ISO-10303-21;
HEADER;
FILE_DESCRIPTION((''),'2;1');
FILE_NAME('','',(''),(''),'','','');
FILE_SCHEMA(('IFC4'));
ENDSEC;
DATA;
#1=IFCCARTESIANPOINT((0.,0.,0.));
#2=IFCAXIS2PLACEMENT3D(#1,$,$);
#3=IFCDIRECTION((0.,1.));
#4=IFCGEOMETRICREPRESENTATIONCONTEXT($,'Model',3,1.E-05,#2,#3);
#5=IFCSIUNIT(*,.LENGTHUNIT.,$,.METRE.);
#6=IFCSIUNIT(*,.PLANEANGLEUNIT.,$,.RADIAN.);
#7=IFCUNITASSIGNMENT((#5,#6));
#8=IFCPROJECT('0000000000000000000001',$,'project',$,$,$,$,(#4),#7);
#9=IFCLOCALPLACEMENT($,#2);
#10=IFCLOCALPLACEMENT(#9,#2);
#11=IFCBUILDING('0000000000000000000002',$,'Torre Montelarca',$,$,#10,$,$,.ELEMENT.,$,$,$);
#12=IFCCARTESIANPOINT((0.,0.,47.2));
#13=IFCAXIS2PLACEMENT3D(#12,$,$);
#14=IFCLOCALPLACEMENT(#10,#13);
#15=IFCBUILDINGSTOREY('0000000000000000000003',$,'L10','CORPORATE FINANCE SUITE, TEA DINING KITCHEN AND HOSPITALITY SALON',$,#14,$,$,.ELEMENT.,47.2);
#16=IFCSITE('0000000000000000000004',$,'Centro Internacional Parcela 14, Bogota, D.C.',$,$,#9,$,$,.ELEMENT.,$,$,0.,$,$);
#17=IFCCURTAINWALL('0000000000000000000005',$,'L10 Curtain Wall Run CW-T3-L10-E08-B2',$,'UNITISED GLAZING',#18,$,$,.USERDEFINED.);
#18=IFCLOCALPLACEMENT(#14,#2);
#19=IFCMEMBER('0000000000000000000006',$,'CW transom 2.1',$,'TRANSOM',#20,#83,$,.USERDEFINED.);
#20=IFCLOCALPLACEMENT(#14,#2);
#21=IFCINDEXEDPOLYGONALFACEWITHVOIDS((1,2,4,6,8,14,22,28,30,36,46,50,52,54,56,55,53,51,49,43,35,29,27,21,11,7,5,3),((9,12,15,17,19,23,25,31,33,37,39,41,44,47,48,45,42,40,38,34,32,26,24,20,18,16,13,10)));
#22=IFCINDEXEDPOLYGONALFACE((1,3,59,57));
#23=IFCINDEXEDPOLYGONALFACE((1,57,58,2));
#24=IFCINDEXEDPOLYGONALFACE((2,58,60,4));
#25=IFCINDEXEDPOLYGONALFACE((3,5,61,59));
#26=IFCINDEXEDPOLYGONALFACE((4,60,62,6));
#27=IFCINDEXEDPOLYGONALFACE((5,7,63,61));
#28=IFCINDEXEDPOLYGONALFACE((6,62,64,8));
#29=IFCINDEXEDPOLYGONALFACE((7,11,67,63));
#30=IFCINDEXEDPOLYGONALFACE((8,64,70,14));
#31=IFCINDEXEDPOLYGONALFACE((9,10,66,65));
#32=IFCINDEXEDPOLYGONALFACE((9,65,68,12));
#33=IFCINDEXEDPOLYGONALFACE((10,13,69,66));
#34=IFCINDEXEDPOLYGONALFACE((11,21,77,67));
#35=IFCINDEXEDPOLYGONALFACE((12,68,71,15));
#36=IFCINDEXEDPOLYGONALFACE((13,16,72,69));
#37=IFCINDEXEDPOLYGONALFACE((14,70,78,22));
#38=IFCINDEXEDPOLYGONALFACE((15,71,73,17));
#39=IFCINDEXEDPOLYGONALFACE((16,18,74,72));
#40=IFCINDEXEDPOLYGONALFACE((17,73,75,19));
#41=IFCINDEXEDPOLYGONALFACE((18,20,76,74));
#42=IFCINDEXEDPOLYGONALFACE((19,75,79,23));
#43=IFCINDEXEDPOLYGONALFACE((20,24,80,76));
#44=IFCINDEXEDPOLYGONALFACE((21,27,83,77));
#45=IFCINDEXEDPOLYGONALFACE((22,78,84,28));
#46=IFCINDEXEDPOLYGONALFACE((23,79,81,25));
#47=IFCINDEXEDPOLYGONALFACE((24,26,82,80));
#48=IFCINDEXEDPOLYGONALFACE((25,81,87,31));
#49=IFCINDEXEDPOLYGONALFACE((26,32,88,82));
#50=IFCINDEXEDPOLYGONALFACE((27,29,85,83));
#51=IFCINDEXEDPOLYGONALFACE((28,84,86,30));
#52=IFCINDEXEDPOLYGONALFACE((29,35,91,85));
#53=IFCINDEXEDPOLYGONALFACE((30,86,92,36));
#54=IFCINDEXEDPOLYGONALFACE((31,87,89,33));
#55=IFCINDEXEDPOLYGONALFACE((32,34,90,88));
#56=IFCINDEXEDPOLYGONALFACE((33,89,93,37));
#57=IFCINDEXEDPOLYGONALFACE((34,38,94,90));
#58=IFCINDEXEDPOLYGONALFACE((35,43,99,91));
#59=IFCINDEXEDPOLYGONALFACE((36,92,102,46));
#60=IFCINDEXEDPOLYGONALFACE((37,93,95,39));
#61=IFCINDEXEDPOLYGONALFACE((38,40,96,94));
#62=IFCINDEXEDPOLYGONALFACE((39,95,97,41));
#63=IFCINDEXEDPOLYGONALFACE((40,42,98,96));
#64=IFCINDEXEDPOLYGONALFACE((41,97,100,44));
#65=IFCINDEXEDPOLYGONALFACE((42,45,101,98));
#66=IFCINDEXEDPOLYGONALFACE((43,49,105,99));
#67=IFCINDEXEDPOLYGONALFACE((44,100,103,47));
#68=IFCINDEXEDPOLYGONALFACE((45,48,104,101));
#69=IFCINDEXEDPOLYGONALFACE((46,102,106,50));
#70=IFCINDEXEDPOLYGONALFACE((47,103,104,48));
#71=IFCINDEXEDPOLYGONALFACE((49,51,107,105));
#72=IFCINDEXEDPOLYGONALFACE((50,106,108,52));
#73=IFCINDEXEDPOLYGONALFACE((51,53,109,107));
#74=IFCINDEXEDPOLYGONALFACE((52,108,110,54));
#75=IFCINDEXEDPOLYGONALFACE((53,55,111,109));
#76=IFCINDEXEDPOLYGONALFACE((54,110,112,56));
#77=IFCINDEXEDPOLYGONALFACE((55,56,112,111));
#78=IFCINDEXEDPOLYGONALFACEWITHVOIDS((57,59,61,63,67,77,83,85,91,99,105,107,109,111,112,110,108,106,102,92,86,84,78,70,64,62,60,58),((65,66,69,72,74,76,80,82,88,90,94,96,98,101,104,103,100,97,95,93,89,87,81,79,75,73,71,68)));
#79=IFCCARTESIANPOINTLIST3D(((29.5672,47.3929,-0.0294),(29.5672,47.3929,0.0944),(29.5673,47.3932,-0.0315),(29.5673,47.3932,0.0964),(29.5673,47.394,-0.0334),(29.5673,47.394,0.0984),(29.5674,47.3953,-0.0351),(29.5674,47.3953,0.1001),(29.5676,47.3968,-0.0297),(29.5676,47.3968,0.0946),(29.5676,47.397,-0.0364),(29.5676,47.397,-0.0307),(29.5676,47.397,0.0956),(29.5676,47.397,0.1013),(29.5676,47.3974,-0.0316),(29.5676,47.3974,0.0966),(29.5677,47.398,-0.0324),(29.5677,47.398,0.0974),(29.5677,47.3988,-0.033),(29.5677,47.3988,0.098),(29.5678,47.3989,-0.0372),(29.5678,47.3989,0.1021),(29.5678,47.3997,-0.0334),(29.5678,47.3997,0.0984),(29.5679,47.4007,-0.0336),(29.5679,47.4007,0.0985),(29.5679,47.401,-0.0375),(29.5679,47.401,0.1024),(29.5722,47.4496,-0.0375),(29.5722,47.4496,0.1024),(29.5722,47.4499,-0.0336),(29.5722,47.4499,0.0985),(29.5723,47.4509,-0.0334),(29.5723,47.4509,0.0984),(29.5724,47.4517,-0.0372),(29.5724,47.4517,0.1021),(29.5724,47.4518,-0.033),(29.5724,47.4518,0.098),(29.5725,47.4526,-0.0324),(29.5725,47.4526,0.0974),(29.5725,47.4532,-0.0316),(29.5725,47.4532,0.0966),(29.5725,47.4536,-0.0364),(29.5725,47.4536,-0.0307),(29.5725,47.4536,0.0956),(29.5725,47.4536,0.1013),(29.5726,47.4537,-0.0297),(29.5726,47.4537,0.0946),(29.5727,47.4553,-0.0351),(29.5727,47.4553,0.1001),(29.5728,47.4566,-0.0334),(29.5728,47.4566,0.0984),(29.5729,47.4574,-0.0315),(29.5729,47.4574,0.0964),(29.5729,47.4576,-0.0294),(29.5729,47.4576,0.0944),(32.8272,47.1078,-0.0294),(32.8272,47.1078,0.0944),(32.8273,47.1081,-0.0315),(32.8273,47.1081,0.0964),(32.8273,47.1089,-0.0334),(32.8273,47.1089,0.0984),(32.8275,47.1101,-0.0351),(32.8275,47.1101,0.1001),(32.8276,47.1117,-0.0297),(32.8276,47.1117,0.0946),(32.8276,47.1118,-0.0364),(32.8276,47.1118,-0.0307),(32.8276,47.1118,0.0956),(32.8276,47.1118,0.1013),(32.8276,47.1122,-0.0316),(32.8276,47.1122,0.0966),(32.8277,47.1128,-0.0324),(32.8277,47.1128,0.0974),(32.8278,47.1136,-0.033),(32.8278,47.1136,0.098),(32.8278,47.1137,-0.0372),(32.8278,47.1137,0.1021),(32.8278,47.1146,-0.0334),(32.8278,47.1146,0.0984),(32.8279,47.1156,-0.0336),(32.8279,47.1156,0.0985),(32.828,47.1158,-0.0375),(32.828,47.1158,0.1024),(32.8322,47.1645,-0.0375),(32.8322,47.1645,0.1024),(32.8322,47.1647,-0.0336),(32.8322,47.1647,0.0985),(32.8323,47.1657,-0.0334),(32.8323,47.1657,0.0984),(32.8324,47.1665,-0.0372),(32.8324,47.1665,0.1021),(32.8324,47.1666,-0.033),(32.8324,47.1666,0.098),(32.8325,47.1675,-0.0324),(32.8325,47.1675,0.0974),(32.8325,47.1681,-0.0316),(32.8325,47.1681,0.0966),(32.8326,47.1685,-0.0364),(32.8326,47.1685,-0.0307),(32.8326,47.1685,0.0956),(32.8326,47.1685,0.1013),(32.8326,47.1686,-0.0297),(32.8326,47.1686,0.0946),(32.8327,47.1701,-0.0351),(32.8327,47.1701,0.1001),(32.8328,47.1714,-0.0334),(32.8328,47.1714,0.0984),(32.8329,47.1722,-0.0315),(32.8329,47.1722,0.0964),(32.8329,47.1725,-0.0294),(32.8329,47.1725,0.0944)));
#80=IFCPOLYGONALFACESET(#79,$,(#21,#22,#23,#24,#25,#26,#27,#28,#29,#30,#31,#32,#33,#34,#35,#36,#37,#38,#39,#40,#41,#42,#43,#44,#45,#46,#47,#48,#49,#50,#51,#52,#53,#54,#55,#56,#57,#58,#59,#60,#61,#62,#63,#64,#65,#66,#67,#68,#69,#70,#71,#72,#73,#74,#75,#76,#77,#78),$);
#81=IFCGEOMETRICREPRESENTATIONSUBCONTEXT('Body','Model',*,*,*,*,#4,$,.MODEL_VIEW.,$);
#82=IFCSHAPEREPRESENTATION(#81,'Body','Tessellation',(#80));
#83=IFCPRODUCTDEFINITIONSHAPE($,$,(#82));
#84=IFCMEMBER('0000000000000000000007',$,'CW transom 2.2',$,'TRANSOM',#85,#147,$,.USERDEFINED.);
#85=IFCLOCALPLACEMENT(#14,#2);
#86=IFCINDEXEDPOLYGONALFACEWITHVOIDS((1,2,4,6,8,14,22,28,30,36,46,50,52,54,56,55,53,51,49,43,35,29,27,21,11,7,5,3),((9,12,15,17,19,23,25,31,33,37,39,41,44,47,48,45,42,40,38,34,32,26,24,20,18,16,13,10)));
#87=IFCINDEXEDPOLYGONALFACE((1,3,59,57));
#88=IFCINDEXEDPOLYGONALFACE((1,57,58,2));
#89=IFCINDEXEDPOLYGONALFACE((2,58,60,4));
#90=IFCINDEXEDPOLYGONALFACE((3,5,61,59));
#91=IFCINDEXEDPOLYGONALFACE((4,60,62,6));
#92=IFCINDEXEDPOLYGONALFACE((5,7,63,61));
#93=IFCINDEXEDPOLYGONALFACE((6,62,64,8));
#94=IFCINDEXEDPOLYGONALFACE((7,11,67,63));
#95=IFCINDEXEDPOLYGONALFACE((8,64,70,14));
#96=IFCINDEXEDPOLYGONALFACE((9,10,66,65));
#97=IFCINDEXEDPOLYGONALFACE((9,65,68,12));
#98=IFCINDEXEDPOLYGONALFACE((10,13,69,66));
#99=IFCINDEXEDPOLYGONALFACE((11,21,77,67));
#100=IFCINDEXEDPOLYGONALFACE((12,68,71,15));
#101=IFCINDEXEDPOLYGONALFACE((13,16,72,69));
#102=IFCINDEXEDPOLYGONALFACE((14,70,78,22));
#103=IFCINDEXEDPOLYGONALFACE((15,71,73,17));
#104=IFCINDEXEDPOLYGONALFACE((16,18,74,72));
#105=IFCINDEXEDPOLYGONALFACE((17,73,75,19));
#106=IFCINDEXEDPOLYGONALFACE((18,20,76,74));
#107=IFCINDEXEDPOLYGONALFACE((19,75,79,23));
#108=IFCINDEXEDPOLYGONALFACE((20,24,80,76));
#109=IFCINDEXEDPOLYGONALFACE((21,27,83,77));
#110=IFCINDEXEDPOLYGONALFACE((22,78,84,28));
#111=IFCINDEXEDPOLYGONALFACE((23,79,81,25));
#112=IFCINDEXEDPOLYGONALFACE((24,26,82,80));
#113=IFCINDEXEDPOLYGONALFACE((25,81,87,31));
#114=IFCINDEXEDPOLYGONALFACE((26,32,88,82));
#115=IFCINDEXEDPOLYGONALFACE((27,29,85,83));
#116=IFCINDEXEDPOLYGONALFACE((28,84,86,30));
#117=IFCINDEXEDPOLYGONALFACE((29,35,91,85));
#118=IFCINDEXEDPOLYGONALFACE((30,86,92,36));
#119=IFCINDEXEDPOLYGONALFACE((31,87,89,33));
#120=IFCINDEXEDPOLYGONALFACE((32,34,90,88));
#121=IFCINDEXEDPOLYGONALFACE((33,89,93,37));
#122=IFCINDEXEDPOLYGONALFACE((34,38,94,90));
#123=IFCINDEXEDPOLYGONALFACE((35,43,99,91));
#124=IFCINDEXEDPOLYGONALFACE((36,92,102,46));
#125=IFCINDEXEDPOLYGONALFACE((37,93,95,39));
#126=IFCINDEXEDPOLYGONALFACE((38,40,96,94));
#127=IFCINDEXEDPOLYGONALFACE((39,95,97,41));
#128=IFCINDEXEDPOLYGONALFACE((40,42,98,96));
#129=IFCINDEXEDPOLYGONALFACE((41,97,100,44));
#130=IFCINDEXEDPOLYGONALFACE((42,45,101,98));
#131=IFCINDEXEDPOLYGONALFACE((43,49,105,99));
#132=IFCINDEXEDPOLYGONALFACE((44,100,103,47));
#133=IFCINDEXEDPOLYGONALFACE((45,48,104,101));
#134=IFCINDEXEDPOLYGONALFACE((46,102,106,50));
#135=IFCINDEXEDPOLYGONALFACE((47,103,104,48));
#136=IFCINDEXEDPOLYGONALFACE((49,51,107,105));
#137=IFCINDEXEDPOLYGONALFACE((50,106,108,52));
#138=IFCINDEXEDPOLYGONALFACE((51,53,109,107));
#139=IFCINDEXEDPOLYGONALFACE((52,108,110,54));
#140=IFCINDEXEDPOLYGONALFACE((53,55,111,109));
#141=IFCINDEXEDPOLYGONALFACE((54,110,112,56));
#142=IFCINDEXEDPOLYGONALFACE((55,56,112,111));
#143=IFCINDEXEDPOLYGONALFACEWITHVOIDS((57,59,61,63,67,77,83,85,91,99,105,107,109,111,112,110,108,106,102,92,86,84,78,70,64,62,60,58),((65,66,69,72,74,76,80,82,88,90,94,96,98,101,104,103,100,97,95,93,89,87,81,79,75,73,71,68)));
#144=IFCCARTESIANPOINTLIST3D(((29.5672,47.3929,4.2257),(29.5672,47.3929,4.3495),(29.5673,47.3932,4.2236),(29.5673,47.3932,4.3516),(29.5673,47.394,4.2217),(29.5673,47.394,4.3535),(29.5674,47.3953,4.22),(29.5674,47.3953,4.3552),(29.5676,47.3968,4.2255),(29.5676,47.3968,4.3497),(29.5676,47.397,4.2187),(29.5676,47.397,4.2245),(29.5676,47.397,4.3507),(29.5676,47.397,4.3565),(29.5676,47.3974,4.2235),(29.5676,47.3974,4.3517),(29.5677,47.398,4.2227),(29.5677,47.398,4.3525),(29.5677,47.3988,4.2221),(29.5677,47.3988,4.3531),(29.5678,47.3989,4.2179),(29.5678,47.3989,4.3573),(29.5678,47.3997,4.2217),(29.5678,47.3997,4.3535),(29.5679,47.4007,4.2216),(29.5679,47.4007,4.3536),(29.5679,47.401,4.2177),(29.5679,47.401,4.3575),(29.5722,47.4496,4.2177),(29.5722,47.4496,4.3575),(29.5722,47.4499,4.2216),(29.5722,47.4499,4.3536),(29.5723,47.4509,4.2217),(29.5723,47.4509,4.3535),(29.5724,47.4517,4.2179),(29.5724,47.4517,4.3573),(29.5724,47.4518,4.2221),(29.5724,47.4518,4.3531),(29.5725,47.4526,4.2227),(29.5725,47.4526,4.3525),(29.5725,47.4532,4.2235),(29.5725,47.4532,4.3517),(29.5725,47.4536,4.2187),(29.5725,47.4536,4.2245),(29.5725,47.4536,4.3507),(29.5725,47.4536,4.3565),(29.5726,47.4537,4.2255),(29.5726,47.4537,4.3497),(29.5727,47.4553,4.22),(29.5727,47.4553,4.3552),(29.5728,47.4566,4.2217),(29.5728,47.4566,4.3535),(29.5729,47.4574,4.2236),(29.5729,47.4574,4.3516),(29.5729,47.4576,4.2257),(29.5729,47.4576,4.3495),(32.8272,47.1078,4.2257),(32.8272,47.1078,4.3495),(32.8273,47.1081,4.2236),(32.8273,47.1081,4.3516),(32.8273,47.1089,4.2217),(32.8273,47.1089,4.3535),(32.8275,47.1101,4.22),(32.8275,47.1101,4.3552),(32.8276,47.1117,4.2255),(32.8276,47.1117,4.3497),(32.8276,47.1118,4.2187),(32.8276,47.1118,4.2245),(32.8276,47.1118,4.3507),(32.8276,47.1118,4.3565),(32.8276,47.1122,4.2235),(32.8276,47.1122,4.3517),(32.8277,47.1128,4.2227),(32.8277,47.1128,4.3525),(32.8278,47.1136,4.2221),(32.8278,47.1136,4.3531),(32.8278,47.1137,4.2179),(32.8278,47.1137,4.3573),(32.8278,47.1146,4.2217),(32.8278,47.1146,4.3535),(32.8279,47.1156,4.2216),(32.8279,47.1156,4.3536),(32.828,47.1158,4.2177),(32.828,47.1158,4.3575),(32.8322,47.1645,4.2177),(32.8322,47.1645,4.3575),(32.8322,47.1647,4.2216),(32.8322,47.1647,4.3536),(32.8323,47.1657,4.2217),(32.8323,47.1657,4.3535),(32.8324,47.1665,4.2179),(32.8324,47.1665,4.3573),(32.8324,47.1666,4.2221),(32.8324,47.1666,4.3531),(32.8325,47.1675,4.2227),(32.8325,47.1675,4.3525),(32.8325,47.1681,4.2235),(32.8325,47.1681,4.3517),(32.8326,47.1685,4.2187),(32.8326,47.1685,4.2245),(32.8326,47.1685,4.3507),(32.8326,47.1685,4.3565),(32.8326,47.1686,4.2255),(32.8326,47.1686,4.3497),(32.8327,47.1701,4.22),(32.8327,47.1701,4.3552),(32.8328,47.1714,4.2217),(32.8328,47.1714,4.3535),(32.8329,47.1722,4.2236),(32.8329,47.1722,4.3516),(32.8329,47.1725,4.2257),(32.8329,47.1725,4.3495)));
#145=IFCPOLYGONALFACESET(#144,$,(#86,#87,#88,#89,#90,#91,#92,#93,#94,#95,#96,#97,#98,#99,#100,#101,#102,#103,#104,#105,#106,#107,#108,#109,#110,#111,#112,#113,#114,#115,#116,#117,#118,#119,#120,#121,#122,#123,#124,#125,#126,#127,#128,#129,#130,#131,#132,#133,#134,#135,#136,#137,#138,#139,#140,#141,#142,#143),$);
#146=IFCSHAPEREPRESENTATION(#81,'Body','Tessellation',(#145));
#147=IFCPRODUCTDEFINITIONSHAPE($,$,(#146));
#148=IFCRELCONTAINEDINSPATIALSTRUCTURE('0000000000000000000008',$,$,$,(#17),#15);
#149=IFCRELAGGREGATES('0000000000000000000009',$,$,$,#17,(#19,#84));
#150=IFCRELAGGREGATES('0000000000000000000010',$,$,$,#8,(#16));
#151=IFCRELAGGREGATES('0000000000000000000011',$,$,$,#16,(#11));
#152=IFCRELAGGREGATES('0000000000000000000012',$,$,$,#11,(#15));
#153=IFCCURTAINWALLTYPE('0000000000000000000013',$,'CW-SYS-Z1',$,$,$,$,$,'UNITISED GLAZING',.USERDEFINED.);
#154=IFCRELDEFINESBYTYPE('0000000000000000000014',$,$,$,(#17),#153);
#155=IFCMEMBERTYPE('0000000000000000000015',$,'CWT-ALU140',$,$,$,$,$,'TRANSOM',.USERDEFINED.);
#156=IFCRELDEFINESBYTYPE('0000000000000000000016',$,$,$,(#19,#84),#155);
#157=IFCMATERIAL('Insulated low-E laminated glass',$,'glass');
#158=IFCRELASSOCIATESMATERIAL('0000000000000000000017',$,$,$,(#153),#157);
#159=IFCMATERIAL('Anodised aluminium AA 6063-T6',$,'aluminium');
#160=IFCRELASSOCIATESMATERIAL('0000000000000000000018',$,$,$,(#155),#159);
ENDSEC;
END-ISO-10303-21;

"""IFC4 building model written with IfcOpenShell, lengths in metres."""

from ifc_helpers import new_model, si_unit, direction, frame, origin, origin_2d, place, context, subcontext, project, spatial, hollow_rectangle, extrude, source, transform, mapped, material, material_profile, profile_set, type_object, element, aggregate, save


model = new_model("IFC4")

# Units and contexts
model_context = context("Model", 3, precision=1e-05, world=origin(), true_north=direction((0.0, 1.0)))
body_context = subcontext(model_context, "Body", "Model", "MODEL_VIEW")
ifc_project = project(units=[si_unit("LENGTHUNIT", "METRE"), si_unit("PLANEANGLEUNIT", "RADIAN")], contexts=[model_context])

# Site, building, storey
site_placement = place(None, origin())
site = spatial("IfcSite", under=ifc_project, at=site_placement, Name="Centro Internacional Parcela 14, Bogota, D.C.", CompositionType="ELEMENT", RefElevation=0.0)
building_placement = place(site_placement, origin())
building = spatial("IfcBuilding", under=site, at=building_placement, Name="Torre Montelarca", CompositionType="ELEMENT")
storey_placement = place(building_placement, frame((0.0, 0.0, 47.2)))
storey = spatial("IfcBuildingStorey", under=building, at=storey_placement, Name="L10", Description="CORPORATE FINANCE SUITE, TEA DINING KITCHEN AND HOSPITALITY SALON", CompositionType="ELEMENT", Elevation=47.2)

# Shared definitions
ifc_material_1 = material(Name="Insulated low-E laminated glass", Category="glass")
curtain_wall_type = type_object("IfcCurtainWallType", Name="CW-SYS-Z1", ElementType="UNITISED GLAZING", PredefinedType="USERDEFINED", material=ifc_material_1)
ifc_material_2 = material(Name="Anodised aluminium AA 6063-T6", Category="aluminium")

# Curtain wall
curtain_wall_1_placement = place(storey_placement, origin())
curtain_wall_1 = element("IfcCurtainWall", 1, at=curtain_wall_1_placement, inside=storey, type_object=curtain_wall_type, Name="L10 Curtain Wall Run CW-T3-L10-E08-B2", ObjectType="UNITISED GLAZING", PredefinedType="USERDEFINED")
ifc_material_profile_1 = material_profile(ifc_material_2, hollow_rectangle(XDim=0.0649, YDim=0.1399, WallThickness=0.0039, InnerFilletRadius=0.0039, OuterFilletRadius=0.0081, at=origin_2d()), Name="ALU65X140X4", Category="aluminium")
ifc_profile_set_1 = profile_set([ifc_material_profile_1], Name="Anodised aluminium AA 6063-T6")
member_type_1 = type_object("IfcMemberType", Name="CWT-ALU140", ElementType="TRANSOM", PredefinedType="USERDEFINED", material=ifc_profile_set_1)

# Members
shared_shape_1 = source(origin(), body_context, "Body", "SweptSolid", [
    extrude(hollow_rectangle(XDim=0.0649, YDim=0.1399, WallThickness=0.0039, InnerFilletRadius=0.0039, OuterFilletRadius=0.0081, at=origin_2d()), origin(), (0.0, 0.0, 1.0), 3.2725),
])
member_1_placement = place(storey_placement, frame((32.8301, 47.1401, 0.0325), z_axis=(-0.996196, 0.087138, 0.0), x_axis=(-0.087138, -0.996196, 0.0)))
member_1 = element("IfcMember", 2, at=member_1_placement, type_object=member_type_1, Name="CW transom 2.1", ObjectType="TRANSOM", PredefinedType="USERDEFINED", context=body_context, shape_type="MappedRepresentation", body=[
    mapped(shared_shape_1, transform((0.0, 0.0, 0.0), scale=1.0)),
])
member_2_placement = place(storey_placement, frame((32.8301, 47.1401, 4.2876), z_axis=(-0.996196, 0.087138, 0.0), x_axis=(-0.087138, -0.996196, 0.0)))
member_2 = element("IfcMember", 3, at=member_2_placement, type_object=member_type_1, Name="CW transom 2.2", ObjectType="TRANSOM", PredefinedType="USERDEFINED", context=body_context, shape_type="MappedRepresentation", body=[
    mapped(shared_shape_1, transform((0.0, 0.0, 0.0), scale=1.0)),
])

aggregate(curtain_wall_1, [member_1, member_2])

save(model, "model.ifc")
